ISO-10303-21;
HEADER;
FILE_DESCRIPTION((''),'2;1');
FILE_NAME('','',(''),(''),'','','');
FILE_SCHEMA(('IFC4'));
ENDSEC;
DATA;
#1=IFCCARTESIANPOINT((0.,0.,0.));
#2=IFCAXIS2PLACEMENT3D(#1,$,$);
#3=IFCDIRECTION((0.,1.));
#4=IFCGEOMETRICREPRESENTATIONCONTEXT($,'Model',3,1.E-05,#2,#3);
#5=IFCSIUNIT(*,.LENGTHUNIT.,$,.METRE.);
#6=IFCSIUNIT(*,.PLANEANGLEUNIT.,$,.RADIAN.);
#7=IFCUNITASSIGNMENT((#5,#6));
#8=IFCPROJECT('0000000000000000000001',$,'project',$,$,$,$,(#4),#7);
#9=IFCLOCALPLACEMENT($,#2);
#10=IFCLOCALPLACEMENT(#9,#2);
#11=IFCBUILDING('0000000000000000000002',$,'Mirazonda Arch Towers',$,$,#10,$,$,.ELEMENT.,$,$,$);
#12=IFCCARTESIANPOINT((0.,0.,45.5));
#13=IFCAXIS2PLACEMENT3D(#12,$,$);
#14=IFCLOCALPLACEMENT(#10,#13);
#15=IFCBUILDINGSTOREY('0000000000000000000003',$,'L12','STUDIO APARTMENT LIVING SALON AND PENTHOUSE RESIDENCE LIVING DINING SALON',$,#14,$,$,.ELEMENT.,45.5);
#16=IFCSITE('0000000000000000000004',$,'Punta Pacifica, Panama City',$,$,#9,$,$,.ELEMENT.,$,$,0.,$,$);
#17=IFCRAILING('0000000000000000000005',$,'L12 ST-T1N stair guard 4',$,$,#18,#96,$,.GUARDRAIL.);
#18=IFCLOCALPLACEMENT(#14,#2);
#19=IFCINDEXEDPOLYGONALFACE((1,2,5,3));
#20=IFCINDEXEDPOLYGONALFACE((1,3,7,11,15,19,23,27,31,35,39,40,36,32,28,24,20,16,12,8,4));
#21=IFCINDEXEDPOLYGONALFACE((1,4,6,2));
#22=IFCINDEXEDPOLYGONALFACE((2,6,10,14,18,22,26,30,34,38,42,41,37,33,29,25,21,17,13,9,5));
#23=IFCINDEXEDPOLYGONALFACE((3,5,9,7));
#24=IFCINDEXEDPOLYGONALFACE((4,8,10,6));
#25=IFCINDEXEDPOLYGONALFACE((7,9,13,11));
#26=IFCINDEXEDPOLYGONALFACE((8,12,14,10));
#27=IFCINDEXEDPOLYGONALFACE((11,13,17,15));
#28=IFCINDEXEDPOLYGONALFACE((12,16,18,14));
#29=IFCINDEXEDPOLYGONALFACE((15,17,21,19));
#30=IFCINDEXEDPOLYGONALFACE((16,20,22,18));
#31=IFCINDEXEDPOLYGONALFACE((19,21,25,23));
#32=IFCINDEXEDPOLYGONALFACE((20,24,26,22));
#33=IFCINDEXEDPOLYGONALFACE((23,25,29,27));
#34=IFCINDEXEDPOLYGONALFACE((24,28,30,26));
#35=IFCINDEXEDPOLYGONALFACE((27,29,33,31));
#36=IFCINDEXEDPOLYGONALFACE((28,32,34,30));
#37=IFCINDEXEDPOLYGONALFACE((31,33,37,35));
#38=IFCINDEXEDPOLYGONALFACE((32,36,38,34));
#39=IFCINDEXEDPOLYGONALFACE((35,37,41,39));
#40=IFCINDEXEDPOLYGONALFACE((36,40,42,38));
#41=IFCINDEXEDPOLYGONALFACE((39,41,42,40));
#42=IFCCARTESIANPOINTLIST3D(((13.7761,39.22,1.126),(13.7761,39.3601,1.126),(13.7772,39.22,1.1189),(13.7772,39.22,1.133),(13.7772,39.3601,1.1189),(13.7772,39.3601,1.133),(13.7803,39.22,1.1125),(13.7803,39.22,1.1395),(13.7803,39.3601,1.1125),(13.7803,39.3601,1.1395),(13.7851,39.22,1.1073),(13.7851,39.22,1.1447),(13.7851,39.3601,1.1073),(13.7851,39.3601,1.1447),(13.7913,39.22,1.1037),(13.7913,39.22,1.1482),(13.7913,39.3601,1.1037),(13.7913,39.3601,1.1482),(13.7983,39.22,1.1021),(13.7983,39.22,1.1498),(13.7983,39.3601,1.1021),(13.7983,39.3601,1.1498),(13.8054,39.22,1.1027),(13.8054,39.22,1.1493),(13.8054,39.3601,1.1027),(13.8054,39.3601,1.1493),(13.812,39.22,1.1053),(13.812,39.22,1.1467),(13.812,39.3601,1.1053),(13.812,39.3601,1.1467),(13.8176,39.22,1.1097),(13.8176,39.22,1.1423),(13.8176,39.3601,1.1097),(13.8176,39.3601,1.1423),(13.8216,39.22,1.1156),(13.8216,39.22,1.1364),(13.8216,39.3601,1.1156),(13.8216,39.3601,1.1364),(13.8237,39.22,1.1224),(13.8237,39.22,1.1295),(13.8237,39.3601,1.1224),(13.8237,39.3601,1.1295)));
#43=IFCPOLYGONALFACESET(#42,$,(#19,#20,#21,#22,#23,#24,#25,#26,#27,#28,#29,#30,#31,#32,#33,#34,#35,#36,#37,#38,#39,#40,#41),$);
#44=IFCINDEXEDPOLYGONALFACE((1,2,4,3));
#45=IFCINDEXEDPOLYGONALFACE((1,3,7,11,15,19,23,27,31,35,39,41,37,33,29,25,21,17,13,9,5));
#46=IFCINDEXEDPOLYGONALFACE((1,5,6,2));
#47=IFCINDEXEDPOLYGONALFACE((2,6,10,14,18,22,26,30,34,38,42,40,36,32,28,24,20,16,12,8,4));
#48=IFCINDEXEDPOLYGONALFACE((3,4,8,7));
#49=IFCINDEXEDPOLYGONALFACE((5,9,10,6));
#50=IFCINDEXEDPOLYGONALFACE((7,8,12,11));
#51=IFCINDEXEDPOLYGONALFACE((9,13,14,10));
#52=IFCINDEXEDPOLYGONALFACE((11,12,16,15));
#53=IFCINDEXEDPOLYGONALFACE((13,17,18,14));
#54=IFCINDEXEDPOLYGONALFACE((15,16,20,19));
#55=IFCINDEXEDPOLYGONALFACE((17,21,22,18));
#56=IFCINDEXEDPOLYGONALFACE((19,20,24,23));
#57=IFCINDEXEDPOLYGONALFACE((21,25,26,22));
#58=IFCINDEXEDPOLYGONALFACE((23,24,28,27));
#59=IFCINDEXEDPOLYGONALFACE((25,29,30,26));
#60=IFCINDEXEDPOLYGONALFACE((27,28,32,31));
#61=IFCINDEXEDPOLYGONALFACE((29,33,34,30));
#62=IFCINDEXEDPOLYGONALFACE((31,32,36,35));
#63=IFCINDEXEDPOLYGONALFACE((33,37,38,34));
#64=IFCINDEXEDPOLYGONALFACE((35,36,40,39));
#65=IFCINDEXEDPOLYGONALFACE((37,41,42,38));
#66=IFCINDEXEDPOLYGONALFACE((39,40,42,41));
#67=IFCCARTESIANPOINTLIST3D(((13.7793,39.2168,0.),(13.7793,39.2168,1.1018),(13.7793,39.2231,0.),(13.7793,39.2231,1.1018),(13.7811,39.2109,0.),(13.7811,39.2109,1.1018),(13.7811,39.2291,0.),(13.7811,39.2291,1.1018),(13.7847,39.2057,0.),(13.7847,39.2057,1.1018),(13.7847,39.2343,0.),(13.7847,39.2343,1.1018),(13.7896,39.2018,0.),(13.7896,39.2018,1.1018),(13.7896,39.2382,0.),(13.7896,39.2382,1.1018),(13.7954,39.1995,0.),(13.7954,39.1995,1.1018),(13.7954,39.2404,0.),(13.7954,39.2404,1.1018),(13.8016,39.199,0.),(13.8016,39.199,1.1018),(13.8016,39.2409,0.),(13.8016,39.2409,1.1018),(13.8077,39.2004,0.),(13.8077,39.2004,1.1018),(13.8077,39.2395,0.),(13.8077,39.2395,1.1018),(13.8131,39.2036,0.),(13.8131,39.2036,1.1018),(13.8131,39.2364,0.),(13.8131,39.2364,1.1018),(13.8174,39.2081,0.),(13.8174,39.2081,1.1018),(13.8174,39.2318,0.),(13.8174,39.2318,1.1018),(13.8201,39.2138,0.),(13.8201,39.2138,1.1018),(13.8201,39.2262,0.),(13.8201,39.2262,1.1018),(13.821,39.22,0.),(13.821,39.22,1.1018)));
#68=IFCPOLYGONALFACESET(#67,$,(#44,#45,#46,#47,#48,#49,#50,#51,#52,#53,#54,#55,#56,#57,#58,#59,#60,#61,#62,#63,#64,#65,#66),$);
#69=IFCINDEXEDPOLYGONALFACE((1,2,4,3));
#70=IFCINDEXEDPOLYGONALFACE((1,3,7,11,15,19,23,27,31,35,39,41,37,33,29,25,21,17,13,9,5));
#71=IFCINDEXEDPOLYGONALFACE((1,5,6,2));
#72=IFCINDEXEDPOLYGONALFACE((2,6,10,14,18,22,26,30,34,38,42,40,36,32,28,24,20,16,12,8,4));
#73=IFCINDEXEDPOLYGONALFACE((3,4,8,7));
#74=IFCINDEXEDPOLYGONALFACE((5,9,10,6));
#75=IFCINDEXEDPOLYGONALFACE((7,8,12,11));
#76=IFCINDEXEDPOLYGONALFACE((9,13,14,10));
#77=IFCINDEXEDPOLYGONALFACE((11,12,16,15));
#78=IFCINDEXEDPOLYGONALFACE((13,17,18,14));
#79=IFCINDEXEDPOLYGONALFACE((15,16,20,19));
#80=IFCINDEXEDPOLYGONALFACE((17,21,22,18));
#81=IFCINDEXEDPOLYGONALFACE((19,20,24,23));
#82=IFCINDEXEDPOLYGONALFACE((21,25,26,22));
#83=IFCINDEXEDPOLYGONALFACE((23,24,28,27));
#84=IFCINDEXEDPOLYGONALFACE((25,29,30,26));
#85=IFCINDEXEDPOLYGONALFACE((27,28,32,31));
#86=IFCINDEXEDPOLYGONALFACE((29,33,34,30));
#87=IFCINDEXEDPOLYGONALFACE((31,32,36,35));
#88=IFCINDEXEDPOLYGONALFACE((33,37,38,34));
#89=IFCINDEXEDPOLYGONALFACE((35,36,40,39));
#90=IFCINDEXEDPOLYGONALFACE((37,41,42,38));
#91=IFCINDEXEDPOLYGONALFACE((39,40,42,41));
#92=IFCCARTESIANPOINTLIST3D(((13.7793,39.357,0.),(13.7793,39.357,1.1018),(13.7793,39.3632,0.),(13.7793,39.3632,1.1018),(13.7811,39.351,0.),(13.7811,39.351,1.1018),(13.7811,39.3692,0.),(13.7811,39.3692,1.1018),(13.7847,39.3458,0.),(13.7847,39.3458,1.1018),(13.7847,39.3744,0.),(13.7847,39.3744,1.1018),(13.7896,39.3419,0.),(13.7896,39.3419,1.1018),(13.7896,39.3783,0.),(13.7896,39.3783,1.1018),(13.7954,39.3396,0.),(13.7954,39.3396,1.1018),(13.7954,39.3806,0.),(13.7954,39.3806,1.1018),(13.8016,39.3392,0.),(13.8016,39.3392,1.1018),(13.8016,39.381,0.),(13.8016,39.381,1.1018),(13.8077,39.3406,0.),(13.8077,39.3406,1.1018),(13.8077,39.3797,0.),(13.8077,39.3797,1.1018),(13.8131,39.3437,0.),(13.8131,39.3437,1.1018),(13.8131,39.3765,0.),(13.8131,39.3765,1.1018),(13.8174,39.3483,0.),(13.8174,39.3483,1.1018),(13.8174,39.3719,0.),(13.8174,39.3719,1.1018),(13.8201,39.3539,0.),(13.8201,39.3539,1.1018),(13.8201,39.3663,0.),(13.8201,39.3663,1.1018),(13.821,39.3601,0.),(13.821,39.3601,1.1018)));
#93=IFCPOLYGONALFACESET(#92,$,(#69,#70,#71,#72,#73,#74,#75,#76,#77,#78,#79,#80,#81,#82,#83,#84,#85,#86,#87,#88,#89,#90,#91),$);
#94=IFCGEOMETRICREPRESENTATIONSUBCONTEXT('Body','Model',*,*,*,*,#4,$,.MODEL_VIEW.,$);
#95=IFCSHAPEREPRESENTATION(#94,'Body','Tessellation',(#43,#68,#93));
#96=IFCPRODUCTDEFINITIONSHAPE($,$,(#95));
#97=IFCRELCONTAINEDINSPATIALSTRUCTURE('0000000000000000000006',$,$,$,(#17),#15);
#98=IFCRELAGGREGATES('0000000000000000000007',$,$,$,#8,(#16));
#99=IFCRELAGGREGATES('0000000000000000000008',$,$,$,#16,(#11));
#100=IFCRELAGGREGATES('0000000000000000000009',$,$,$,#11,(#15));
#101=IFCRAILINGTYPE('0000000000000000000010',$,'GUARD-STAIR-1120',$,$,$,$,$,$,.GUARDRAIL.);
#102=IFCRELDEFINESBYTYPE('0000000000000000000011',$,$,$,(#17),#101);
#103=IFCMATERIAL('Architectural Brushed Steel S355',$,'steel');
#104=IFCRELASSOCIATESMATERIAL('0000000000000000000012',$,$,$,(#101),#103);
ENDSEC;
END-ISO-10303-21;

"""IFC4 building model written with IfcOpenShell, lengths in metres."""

from ifc_helpers import new_model, si_unit, direction, frame, origin, origin_2d, place, context, subcontext, project, spatial, circle, extrude, material, type_object, element, save


model = new_model("IFC4")

# Units and contexts
model_context = context("Model", 3, precision=1e-05, world=origin(), true_north=direction((0.0, 1.0)))
body_context = subcontext(model_context, "Body", "Model", "MODEL_VIEW")
ifc_project = project(units=[si_unit("LENGTHUNIT", "METRE"), si_unit("PLANEANGLEUNIT", "RADIAN")], contexts=[model_context])

# Site, building, storey
site_placement = place(None, origin())
site = spatial("IfcSite", under=ifc_project, at=site_placement, Name="Punta Pacifica, Panama City", CompositionType="ELEMENT", RefElevation=0.0)
building_placement = place(site_placement, origin())
building = spatial("IfcBuilding", under=site, at=building_placement, Name="Mirazonda Arch Towers", CompositionType="ELEMENT")
storey_placement = place(building_placement, frame((0.0, 0.0, 45.5)))
storey = spatial("IfcBuildingStorey", under=building, at=storey_placement, Name="L12", Description="STUDIO APARTMENT LIVING SALON AND PENTHOUSE RESIDENCE LIVING DINING SALON", CompositionType="ELEMENT", Elevation=45.5)

# Shared definitions
ifc_material_1 = material(Name="Architectural Brushed Steel S355", Category="steel")

# Railing
railing_type_1 = type_object("IfcRailingType", Name="GUARD-STAIR-1120", PredefinedType="GUARDRAIL", material=ifc_material_1)
railing_1_placement = place(storey_placement, frame((13.8, 39.22, 0.0)))
element("IfcRailing", 1, at=railing_1_placement, inside=storey, type_object=railing_type_1, Name="L12 ST-T1N stair guard 4", PredefinedType="GUARDRAIL", context=body_context, shape_type="SweptSolid", body=[
    extrude(circle(Radius=0.0239, at=origin_2d()), frame((0.0, 0.0, 1.126), z_axis=(0.0, 1.0, 0.0), x_axis=(-1.0, 0.0, 0.0)), (0.0, 0.0, 1.0), 0.1401),
    extrude(circle(Radius=0.021, at=origin_2d()), origin(), (0.0, 0.0, 1.0), 1.1018),
    extrude(circle(Radius=0.021, at=origin_2d()), frame((0.0, 0.1401, 0.0)), (0.0, 0.0, 1.0), 1.1018),
])

save(model, "model.ifc")
